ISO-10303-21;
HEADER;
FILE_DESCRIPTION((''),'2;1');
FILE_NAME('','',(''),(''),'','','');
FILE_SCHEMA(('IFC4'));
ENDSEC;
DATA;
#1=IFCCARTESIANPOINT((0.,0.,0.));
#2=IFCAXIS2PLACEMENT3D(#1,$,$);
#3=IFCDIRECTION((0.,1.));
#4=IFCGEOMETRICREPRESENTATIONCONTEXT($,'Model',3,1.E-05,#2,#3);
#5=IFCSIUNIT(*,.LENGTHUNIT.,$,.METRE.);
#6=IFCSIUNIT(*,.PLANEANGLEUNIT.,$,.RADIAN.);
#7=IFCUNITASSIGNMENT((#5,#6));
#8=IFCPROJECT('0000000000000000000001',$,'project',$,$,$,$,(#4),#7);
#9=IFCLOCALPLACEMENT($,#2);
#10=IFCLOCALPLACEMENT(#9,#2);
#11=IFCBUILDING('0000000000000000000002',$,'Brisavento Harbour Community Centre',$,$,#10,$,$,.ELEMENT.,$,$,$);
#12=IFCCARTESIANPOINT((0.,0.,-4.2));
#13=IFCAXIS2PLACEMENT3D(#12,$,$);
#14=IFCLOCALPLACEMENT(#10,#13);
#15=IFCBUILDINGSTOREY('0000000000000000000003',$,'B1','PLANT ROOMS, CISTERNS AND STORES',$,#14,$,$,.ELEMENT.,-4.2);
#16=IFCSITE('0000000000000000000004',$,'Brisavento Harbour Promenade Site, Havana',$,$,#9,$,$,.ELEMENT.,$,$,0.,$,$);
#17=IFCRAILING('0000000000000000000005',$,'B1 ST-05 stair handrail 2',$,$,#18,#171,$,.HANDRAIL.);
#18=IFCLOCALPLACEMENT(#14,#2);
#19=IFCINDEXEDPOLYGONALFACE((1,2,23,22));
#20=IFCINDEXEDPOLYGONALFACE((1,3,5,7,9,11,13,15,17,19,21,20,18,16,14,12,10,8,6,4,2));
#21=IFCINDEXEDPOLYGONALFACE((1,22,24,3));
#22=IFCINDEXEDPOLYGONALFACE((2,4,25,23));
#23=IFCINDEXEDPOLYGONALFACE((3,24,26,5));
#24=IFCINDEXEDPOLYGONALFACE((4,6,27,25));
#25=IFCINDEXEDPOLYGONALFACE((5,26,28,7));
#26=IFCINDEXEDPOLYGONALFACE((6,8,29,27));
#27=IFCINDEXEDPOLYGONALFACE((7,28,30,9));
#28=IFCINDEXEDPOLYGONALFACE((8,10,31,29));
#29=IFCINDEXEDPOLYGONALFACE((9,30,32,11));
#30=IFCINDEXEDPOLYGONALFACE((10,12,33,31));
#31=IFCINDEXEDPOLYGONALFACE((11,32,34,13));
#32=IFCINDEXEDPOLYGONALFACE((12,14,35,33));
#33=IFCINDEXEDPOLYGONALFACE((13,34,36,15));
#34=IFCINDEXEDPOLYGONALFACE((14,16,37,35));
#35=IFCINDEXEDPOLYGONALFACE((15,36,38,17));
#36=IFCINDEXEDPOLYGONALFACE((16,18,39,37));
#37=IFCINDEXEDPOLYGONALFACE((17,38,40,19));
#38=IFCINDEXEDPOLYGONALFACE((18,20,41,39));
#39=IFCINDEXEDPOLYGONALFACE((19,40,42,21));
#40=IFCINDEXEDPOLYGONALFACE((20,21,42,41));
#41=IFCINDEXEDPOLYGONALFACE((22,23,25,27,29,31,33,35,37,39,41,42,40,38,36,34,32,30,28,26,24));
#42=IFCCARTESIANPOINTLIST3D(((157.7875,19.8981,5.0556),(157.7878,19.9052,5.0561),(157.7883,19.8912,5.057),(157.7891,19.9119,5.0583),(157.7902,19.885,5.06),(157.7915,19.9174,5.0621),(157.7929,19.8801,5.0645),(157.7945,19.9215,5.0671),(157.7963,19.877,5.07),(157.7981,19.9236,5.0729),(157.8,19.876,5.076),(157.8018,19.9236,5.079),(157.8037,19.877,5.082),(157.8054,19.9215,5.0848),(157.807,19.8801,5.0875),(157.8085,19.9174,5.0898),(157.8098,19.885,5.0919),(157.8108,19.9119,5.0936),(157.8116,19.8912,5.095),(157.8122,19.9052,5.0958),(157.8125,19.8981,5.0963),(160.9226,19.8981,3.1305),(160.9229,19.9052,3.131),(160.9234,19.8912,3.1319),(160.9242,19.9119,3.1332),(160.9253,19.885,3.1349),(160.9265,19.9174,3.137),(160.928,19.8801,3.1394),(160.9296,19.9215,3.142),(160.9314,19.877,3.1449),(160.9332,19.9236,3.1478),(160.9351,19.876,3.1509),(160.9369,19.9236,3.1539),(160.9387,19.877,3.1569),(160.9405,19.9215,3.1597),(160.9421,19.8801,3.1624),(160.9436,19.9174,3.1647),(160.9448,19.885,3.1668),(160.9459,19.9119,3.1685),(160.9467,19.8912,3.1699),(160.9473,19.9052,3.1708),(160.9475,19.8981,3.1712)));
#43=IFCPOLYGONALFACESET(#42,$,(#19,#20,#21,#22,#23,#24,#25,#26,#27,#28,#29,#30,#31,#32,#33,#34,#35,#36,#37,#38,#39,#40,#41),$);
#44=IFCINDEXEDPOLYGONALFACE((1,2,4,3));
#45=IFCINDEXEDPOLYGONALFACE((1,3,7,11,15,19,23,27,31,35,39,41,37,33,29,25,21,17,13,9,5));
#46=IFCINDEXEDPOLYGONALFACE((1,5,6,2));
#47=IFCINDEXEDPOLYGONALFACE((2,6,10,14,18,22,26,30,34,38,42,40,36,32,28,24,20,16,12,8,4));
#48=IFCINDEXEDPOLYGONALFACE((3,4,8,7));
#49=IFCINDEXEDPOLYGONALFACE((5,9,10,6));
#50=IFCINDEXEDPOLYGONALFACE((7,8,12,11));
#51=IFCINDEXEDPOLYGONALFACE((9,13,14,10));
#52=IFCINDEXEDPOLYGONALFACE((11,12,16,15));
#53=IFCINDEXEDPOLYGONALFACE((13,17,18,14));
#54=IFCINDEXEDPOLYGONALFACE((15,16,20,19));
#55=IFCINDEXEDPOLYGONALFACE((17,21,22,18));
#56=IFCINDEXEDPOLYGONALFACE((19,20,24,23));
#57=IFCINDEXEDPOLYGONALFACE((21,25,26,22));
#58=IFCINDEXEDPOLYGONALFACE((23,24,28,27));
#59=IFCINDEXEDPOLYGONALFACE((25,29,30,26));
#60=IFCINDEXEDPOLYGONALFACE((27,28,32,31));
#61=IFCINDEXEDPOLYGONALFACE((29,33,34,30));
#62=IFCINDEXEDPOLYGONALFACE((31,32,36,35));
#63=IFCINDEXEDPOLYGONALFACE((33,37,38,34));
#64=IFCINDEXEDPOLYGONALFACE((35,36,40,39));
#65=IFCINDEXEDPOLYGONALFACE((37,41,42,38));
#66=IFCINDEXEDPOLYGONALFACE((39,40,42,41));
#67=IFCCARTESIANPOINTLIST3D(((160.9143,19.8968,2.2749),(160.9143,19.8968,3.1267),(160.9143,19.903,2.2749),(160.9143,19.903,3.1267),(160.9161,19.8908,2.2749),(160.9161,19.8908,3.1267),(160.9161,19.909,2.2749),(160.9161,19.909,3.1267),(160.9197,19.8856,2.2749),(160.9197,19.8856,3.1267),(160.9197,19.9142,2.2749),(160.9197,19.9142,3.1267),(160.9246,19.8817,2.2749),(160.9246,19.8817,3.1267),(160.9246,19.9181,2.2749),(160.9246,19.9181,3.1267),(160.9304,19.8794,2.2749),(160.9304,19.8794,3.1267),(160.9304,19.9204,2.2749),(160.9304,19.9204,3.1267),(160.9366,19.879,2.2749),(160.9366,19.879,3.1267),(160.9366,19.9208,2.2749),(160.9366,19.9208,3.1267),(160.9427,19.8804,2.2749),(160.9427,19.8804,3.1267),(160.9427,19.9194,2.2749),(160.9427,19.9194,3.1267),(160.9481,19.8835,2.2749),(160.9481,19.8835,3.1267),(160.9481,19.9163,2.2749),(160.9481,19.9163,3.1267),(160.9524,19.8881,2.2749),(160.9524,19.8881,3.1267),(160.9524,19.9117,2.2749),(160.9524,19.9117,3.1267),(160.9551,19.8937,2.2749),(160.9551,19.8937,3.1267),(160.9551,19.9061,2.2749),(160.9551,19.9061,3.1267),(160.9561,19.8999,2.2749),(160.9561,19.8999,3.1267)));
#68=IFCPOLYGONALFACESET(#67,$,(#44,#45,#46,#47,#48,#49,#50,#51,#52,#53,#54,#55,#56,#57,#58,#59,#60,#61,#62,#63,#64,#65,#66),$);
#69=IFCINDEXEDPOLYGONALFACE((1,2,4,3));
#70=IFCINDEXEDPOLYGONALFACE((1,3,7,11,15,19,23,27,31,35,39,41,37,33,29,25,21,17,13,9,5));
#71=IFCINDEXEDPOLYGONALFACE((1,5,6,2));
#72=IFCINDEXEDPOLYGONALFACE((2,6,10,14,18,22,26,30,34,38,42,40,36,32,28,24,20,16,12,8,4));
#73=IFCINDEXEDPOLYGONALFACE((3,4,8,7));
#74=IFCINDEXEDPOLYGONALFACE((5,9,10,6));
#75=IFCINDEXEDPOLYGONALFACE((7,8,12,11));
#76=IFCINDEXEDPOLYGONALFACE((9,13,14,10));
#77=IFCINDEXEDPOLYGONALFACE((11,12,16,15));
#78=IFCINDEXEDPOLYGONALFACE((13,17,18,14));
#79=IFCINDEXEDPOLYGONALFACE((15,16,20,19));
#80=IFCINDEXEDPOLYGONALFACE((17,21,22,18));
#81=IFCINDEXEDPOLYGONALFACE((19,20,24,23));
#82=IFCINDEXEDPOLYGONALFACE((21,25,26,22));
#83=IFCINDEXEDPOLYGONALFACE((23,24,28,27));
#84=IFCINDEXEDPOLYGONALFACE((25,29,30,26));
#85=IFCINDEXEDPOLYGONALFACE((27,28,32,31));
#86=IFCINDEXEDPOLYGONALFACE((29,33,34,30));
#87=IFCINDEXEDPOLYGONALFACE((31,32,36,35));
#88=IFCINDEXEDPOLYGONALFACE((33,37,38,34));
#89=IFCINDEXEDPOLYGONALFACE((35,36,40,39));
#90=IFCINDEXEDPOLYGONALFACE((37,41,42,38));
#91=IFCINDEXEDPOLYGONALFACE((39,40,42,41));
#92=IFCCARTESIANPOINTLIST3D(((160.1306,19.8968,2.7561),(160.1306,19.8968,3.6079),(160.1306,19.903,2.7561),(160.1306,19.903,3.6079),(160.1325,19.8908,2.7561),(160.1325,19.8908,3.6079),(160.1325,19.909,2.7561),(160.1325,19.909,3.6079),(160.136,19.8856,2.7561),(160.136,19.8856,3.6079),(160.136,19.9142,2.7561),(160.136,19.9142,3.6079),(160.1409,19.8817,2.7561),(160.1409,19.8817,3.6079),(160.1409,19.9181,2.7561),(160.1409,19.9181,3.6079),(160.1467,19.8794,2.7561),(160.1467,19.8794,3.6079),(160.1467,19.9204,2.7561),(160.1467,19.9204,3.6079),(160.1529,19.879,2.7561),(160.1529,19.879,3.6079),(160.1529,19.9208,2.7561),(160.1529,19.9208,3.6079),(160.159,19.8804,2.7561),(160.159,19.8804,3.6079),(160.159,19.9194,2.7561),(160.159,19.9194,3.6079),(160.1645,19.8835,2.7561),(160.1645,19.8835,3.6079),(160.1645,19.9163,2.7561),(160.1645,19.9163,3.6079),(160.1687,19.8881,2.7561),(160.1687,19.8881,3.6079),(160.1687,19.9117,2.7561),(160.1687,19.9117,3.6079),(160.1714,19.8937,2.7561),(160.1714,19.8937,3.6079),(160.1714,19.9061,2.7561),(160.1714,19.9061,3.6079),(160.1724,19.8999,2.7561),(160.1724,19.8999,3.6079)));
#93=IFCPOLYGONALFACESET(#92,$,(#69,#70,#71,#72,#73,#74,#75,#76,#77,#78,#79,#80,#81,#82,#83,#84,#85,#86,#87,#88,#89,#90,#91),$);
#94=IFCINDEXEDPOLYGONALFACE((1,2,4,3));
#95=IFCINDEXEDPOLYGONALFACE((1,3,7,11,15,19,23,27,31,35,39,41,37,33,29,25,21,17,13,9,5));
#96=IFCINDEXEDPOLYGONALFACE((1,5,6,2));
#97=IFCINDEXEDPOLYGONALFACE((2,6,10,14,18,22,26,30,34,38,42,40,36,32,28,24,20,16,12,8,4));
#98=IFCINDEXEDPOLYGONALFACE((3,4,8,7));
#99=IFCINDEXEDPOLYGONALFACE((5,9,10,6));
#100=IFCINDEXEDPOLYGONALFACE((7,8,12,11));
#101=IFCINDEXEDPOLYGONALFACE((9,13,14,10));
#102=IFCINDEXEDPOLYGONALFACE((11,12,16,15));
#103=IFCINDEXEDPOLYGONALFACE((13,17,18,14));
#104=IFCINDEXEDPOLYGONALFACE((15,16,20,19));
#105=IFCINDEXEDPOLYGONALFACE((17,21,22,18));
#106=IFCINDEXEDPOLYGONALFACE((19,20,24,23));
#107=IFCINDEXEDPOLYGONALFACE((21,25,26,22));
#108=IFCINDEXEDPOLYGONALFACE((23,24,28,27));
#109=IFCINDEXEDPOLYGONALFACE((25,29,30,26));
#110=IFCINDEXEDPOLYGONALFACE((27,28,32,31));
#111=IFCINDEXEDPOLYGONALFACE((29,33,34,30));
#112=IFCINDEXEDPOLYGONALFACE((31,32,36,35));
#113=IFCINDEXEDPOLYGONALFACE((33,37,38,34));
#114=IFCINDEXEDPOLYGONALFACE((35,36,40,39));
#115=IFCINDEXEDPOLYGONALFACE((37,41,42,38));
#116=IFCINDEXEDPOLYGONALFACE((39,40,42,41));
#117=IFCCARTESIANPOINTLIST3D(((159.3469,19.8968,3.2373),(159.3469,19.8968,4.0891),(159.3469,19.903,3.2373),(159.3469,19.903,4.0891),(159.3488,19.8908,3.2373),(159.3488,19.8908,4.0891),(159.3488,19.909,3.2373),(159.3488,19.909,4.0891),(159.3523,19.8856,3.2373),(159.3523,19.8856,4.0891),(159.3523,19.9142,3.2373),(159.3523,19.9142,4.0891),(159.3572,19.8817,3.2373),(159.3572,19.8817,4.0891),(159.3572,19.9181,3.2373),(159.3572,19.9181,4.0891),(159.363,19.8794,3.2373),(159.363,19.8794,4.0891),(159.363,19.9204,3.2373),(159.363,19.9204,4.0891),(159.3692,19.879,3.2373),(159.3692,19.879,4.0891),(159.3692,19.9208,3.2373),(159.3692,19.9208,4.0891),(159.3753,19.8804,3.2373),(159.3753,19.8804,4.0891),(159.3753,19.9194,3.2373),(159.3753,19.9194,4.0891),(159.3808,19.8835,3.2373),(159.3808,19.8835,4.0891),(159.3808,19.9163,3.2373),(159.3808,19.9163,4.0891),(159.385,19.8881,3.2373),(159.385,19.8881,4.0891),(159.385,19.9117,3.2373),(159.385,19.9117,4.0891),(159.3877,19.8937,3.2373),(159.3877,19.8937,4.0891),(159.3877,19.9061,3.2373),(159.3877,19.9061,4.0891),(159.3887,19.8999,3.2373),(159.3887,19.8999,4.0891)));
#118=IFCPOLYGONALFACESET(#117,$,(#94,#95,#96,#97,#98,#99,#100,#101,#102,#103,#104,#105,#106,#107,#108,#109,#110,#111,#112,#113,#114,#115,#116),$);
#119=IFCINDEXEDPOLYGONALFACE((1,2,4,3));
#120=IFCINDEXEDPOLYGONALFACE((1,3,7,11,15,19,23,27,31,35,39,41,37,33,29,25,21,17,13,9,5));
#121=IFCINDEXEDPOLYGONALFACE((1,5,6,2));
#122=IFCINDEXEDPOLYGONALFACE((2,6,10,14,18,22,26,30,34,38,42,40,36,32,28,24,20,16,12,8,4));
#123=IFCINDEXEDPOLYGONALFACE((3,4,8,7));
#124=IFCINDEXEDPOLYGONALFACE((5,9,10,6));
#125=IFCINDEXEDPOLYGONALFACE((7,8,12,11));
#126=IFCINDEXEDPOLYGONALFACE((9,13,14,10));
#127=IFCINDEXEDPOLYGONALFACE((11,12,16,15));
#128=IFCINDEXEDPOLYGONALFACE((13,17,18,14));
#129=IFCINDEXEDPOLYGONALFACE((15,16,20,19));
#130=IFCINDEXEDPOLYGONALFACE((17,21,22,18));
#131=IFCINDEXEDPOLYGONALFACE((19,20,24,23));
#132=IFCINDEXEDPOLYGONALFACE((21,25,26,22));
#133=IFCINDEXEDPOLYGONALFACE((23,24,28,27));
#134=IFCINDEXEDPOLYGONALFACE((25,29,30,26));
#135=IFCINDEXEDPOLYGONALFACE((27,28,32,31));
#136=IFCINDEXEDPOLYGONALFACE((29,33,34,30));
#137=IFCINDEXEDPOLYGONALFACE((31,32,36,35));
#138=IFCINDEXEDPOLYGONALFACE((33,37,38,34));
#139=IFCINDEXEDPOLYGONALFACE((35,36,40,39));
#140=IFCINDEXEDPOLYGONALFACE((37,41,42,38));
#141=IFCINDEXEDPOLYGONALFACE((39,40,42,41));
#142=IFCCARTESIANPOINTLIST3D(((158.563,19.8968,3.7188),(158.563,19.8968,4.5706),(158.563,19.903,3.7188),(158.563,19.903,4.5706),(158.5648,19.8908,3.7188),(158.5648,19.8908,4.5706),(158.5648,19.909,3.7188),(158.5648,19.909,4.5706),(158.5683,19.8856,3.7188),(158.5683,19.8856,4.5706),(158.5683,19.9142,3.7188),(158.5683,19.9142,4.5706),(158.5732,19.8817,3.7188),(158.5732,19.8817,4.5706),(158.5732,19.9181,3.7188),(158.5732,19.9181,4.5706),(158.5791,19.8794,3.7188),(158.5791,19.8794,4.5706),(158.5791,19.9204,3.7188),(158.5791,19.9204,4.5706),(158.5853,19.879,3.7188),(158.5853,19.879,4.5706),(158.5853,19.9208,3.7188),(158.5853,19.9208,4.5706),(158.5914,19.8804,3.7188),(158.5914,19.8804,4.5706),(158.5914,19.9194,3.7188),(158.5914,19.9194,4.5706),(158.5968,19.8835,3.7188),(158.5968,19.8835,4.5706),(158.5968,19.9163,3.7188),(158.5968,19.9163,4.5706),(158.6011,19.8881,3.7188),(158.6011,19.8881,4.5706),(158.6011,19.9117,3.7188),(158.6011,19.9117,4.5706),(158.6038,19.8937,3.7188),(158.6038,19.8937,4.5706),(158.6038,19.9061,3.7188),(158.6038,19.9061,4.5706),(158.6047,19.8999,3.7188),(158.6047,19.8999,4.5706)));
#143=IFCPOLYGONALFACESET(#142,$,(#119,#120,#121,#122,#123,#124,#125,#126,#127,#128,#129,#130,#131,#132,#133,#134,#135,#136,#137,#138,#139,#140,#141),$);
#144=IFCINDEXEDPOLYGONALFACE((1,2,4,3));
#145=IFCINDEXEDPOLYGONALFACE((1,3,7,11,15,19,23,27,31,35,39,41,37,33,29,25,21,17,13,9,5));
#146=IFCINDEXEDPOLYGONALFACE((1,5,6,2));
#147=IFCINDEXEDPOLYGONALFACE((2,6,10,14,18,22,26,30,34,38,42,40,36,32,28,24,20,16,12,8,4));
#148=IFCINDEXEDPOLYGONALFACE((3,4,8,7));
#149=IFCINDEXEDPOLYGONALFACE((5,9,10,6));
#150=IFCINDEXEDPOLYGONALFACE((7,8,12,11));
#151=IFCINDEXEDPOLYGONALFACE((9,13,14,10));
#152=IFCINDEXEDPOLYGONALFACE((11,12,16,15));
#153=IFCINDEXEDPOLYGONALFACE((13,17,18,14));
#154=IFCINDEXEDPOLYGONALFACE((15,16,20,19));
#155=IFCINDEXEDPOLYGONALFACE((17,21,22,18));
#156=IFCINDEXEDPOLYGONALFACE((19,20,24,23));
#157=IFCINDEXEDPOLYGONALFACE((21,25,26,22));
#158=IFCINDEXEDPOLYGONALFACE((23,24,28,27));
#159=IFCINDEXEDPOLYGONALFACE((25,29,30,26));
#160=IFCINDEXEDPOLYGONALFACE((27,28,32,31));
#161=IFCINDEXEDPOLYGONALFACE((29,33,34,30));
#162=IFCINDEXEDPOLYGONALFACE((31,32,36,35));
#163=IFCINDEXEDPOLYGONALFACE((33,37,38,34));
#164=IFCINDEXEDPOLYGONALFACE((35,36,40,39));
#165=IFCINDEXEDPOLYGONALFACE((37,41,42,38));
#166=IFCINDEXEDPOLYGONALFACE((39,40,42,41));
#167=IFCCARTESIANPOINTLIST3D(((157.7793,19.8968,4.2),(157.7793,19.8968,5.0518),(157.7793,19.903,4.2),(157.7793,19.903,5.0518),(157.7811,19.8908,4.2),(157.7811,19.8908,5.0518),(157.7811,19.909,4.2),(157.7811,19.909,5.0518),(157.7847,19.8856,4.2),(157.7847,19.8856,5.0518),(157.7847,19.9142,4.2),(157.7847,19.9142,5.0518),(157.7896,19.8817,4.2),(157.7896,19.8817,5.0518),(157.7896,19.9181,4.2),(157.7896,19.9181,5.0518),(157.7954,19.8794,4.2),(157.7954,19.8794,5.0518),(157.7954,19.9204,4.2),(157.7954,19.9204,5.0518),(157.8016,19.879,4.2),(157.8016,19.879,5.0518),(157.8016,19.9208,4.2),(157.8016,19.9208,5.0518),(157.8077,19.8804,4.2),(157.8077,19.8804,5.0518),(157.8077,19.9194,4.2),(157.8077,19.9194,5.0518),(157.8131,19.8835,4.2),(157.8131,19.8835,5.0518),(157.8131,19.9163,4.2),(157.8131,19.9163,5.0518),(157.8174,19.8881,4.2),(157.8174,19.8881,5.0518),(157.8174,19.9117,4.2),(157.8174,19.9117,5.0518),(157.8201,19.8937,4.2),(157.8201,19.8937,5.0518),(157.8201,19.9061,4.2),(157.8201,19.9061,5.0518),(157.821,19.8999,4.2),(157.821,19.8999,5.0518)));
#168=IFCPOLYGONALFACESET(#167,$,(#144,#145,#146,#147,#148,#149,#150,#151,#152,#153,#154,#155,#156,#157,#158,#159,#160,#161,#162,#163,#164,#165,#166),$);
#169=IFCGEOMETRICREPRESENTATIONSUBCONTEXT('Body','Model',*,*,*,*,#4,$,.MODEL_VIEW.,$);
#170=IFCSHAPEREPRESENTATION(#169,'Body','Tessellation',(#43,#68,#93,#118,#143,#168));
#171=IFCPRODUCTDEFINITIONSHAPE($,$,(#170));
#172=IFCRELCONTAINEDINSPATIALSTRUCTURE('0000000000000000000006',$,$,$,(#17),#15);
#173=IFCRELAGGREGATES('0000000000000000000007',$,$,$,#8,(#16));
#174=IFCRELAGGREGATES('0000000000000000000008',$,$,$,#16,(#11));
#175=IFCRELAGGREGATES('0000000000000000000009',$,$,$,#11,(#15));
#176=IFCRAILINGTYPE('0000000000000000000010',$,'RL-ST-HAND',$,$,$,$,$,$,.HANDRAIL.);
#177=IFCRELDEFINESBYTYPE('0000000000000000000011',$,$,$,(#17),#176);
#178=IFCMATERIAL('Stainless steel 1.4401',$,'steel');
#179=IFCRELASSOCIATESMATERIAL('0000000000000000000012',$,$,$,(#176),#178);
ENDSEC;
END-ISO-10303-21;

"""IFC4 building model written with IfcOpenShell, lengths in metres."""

from ifc_helpers import new_model, si_unit, direction, frame, origin, origin_2d, place, context, subcontext, project, spatial, circle, extrude, material, type_object, element, save


model = new_model("IFC4")

# Units and contexts
model_context = context("Model", 3, precision=1e-05, world=origin(), true_north=direction((0.0, 1.0)))
body_context = subcontext(model_context, "Body", "Model", "MODEL_VIEW")
ifc_project = project(units=[si_unit("LENGTHUNIT", "METRE"), si_unit("PLANEANGLEUNIT", "RADIAN")], contexts=[model_context])

# Site, building, storey
site_placement = place(None, origin())
site = spatial("IfcSite", under=ifc_project, at=site_placement, Name="Brisavento Harbour Promenade Site, Havana", CompositionType="ELEMENT", RefElevation=0.0)
building_placement = place(site_placement, origin())
building = spatial("IfcBuilding", under=site, at=building_placement, Name="Brisavento Harbour Community Centre", CompositionType="ELEMENT")
storey_placement = place(building_placement, frame((0.0, 0.0, -4.2)))
storey = spatial("IfcBuildingStorey", under=building, at=storey_placement, Name="B1", Description="PLANT ROOMS, CISTERNS AND STORES", CompositionType="ELEMENT", Elevation=-4.2)

# Railing
ifc_material_1 = material(Name="Stainless steel 1.4401", Category="steel")
railing_type_1 = type_object("IfcRailingType", Name="RL-ST-HAND", PredefinedType="HANDRAIL", material=ifc_material_1)
railing_1_placement = place(storey_placement, frame((160.9351, 19.8999, 2.2749)))
element("IfcRailing", 1, at=railing_1_placement, inside=storey, type_object=railing_type_1, Name="B1 ST-05 stair handrail 2", PredefinedType="HANDRAIL", context=body_context, shape_type="SweptSolid", body=[
    extrude(circle(Radius=0.0239, at=origin_2d()), frame((0.0, 0.0, 0.876), z_axis=(-0.852166, 0.0, 0.523271), x_axis=(0.0, -1.0, 0.0)), (0.0, 0.0, 1.0), 3.679),
    extrude(circle(Radius=0.021, at=origin_2d()), origin(), (0.0, 0.0, 1.0), 0.8518),
    extrude(circle(Radius=0.021, at=origin_2d()), frame((-0.7837, 0.0, 0.4812)), (0.0, 0.0, 1.0), 0.8518),
    extrude(circle(Radius=0.021, at=origin_2d()), frame((-1.5674, 0.0, 0.9624)), (0.0, 0.0, 1.0), 0.8518),
    extrude(circle(Radius=0.021, at=origin_2d()), frame((-2.3513, 0.0, 1.4438)), (0.0, 0.0, 1.0), 0.8518),
    extrude(circle(Radius=0.021, at=origin_2d()), frame((-3.135, 0.0, 1.925)), (0.0, 0.0, 1.0), 0.8518),
])

save(model, "model.ifc")
